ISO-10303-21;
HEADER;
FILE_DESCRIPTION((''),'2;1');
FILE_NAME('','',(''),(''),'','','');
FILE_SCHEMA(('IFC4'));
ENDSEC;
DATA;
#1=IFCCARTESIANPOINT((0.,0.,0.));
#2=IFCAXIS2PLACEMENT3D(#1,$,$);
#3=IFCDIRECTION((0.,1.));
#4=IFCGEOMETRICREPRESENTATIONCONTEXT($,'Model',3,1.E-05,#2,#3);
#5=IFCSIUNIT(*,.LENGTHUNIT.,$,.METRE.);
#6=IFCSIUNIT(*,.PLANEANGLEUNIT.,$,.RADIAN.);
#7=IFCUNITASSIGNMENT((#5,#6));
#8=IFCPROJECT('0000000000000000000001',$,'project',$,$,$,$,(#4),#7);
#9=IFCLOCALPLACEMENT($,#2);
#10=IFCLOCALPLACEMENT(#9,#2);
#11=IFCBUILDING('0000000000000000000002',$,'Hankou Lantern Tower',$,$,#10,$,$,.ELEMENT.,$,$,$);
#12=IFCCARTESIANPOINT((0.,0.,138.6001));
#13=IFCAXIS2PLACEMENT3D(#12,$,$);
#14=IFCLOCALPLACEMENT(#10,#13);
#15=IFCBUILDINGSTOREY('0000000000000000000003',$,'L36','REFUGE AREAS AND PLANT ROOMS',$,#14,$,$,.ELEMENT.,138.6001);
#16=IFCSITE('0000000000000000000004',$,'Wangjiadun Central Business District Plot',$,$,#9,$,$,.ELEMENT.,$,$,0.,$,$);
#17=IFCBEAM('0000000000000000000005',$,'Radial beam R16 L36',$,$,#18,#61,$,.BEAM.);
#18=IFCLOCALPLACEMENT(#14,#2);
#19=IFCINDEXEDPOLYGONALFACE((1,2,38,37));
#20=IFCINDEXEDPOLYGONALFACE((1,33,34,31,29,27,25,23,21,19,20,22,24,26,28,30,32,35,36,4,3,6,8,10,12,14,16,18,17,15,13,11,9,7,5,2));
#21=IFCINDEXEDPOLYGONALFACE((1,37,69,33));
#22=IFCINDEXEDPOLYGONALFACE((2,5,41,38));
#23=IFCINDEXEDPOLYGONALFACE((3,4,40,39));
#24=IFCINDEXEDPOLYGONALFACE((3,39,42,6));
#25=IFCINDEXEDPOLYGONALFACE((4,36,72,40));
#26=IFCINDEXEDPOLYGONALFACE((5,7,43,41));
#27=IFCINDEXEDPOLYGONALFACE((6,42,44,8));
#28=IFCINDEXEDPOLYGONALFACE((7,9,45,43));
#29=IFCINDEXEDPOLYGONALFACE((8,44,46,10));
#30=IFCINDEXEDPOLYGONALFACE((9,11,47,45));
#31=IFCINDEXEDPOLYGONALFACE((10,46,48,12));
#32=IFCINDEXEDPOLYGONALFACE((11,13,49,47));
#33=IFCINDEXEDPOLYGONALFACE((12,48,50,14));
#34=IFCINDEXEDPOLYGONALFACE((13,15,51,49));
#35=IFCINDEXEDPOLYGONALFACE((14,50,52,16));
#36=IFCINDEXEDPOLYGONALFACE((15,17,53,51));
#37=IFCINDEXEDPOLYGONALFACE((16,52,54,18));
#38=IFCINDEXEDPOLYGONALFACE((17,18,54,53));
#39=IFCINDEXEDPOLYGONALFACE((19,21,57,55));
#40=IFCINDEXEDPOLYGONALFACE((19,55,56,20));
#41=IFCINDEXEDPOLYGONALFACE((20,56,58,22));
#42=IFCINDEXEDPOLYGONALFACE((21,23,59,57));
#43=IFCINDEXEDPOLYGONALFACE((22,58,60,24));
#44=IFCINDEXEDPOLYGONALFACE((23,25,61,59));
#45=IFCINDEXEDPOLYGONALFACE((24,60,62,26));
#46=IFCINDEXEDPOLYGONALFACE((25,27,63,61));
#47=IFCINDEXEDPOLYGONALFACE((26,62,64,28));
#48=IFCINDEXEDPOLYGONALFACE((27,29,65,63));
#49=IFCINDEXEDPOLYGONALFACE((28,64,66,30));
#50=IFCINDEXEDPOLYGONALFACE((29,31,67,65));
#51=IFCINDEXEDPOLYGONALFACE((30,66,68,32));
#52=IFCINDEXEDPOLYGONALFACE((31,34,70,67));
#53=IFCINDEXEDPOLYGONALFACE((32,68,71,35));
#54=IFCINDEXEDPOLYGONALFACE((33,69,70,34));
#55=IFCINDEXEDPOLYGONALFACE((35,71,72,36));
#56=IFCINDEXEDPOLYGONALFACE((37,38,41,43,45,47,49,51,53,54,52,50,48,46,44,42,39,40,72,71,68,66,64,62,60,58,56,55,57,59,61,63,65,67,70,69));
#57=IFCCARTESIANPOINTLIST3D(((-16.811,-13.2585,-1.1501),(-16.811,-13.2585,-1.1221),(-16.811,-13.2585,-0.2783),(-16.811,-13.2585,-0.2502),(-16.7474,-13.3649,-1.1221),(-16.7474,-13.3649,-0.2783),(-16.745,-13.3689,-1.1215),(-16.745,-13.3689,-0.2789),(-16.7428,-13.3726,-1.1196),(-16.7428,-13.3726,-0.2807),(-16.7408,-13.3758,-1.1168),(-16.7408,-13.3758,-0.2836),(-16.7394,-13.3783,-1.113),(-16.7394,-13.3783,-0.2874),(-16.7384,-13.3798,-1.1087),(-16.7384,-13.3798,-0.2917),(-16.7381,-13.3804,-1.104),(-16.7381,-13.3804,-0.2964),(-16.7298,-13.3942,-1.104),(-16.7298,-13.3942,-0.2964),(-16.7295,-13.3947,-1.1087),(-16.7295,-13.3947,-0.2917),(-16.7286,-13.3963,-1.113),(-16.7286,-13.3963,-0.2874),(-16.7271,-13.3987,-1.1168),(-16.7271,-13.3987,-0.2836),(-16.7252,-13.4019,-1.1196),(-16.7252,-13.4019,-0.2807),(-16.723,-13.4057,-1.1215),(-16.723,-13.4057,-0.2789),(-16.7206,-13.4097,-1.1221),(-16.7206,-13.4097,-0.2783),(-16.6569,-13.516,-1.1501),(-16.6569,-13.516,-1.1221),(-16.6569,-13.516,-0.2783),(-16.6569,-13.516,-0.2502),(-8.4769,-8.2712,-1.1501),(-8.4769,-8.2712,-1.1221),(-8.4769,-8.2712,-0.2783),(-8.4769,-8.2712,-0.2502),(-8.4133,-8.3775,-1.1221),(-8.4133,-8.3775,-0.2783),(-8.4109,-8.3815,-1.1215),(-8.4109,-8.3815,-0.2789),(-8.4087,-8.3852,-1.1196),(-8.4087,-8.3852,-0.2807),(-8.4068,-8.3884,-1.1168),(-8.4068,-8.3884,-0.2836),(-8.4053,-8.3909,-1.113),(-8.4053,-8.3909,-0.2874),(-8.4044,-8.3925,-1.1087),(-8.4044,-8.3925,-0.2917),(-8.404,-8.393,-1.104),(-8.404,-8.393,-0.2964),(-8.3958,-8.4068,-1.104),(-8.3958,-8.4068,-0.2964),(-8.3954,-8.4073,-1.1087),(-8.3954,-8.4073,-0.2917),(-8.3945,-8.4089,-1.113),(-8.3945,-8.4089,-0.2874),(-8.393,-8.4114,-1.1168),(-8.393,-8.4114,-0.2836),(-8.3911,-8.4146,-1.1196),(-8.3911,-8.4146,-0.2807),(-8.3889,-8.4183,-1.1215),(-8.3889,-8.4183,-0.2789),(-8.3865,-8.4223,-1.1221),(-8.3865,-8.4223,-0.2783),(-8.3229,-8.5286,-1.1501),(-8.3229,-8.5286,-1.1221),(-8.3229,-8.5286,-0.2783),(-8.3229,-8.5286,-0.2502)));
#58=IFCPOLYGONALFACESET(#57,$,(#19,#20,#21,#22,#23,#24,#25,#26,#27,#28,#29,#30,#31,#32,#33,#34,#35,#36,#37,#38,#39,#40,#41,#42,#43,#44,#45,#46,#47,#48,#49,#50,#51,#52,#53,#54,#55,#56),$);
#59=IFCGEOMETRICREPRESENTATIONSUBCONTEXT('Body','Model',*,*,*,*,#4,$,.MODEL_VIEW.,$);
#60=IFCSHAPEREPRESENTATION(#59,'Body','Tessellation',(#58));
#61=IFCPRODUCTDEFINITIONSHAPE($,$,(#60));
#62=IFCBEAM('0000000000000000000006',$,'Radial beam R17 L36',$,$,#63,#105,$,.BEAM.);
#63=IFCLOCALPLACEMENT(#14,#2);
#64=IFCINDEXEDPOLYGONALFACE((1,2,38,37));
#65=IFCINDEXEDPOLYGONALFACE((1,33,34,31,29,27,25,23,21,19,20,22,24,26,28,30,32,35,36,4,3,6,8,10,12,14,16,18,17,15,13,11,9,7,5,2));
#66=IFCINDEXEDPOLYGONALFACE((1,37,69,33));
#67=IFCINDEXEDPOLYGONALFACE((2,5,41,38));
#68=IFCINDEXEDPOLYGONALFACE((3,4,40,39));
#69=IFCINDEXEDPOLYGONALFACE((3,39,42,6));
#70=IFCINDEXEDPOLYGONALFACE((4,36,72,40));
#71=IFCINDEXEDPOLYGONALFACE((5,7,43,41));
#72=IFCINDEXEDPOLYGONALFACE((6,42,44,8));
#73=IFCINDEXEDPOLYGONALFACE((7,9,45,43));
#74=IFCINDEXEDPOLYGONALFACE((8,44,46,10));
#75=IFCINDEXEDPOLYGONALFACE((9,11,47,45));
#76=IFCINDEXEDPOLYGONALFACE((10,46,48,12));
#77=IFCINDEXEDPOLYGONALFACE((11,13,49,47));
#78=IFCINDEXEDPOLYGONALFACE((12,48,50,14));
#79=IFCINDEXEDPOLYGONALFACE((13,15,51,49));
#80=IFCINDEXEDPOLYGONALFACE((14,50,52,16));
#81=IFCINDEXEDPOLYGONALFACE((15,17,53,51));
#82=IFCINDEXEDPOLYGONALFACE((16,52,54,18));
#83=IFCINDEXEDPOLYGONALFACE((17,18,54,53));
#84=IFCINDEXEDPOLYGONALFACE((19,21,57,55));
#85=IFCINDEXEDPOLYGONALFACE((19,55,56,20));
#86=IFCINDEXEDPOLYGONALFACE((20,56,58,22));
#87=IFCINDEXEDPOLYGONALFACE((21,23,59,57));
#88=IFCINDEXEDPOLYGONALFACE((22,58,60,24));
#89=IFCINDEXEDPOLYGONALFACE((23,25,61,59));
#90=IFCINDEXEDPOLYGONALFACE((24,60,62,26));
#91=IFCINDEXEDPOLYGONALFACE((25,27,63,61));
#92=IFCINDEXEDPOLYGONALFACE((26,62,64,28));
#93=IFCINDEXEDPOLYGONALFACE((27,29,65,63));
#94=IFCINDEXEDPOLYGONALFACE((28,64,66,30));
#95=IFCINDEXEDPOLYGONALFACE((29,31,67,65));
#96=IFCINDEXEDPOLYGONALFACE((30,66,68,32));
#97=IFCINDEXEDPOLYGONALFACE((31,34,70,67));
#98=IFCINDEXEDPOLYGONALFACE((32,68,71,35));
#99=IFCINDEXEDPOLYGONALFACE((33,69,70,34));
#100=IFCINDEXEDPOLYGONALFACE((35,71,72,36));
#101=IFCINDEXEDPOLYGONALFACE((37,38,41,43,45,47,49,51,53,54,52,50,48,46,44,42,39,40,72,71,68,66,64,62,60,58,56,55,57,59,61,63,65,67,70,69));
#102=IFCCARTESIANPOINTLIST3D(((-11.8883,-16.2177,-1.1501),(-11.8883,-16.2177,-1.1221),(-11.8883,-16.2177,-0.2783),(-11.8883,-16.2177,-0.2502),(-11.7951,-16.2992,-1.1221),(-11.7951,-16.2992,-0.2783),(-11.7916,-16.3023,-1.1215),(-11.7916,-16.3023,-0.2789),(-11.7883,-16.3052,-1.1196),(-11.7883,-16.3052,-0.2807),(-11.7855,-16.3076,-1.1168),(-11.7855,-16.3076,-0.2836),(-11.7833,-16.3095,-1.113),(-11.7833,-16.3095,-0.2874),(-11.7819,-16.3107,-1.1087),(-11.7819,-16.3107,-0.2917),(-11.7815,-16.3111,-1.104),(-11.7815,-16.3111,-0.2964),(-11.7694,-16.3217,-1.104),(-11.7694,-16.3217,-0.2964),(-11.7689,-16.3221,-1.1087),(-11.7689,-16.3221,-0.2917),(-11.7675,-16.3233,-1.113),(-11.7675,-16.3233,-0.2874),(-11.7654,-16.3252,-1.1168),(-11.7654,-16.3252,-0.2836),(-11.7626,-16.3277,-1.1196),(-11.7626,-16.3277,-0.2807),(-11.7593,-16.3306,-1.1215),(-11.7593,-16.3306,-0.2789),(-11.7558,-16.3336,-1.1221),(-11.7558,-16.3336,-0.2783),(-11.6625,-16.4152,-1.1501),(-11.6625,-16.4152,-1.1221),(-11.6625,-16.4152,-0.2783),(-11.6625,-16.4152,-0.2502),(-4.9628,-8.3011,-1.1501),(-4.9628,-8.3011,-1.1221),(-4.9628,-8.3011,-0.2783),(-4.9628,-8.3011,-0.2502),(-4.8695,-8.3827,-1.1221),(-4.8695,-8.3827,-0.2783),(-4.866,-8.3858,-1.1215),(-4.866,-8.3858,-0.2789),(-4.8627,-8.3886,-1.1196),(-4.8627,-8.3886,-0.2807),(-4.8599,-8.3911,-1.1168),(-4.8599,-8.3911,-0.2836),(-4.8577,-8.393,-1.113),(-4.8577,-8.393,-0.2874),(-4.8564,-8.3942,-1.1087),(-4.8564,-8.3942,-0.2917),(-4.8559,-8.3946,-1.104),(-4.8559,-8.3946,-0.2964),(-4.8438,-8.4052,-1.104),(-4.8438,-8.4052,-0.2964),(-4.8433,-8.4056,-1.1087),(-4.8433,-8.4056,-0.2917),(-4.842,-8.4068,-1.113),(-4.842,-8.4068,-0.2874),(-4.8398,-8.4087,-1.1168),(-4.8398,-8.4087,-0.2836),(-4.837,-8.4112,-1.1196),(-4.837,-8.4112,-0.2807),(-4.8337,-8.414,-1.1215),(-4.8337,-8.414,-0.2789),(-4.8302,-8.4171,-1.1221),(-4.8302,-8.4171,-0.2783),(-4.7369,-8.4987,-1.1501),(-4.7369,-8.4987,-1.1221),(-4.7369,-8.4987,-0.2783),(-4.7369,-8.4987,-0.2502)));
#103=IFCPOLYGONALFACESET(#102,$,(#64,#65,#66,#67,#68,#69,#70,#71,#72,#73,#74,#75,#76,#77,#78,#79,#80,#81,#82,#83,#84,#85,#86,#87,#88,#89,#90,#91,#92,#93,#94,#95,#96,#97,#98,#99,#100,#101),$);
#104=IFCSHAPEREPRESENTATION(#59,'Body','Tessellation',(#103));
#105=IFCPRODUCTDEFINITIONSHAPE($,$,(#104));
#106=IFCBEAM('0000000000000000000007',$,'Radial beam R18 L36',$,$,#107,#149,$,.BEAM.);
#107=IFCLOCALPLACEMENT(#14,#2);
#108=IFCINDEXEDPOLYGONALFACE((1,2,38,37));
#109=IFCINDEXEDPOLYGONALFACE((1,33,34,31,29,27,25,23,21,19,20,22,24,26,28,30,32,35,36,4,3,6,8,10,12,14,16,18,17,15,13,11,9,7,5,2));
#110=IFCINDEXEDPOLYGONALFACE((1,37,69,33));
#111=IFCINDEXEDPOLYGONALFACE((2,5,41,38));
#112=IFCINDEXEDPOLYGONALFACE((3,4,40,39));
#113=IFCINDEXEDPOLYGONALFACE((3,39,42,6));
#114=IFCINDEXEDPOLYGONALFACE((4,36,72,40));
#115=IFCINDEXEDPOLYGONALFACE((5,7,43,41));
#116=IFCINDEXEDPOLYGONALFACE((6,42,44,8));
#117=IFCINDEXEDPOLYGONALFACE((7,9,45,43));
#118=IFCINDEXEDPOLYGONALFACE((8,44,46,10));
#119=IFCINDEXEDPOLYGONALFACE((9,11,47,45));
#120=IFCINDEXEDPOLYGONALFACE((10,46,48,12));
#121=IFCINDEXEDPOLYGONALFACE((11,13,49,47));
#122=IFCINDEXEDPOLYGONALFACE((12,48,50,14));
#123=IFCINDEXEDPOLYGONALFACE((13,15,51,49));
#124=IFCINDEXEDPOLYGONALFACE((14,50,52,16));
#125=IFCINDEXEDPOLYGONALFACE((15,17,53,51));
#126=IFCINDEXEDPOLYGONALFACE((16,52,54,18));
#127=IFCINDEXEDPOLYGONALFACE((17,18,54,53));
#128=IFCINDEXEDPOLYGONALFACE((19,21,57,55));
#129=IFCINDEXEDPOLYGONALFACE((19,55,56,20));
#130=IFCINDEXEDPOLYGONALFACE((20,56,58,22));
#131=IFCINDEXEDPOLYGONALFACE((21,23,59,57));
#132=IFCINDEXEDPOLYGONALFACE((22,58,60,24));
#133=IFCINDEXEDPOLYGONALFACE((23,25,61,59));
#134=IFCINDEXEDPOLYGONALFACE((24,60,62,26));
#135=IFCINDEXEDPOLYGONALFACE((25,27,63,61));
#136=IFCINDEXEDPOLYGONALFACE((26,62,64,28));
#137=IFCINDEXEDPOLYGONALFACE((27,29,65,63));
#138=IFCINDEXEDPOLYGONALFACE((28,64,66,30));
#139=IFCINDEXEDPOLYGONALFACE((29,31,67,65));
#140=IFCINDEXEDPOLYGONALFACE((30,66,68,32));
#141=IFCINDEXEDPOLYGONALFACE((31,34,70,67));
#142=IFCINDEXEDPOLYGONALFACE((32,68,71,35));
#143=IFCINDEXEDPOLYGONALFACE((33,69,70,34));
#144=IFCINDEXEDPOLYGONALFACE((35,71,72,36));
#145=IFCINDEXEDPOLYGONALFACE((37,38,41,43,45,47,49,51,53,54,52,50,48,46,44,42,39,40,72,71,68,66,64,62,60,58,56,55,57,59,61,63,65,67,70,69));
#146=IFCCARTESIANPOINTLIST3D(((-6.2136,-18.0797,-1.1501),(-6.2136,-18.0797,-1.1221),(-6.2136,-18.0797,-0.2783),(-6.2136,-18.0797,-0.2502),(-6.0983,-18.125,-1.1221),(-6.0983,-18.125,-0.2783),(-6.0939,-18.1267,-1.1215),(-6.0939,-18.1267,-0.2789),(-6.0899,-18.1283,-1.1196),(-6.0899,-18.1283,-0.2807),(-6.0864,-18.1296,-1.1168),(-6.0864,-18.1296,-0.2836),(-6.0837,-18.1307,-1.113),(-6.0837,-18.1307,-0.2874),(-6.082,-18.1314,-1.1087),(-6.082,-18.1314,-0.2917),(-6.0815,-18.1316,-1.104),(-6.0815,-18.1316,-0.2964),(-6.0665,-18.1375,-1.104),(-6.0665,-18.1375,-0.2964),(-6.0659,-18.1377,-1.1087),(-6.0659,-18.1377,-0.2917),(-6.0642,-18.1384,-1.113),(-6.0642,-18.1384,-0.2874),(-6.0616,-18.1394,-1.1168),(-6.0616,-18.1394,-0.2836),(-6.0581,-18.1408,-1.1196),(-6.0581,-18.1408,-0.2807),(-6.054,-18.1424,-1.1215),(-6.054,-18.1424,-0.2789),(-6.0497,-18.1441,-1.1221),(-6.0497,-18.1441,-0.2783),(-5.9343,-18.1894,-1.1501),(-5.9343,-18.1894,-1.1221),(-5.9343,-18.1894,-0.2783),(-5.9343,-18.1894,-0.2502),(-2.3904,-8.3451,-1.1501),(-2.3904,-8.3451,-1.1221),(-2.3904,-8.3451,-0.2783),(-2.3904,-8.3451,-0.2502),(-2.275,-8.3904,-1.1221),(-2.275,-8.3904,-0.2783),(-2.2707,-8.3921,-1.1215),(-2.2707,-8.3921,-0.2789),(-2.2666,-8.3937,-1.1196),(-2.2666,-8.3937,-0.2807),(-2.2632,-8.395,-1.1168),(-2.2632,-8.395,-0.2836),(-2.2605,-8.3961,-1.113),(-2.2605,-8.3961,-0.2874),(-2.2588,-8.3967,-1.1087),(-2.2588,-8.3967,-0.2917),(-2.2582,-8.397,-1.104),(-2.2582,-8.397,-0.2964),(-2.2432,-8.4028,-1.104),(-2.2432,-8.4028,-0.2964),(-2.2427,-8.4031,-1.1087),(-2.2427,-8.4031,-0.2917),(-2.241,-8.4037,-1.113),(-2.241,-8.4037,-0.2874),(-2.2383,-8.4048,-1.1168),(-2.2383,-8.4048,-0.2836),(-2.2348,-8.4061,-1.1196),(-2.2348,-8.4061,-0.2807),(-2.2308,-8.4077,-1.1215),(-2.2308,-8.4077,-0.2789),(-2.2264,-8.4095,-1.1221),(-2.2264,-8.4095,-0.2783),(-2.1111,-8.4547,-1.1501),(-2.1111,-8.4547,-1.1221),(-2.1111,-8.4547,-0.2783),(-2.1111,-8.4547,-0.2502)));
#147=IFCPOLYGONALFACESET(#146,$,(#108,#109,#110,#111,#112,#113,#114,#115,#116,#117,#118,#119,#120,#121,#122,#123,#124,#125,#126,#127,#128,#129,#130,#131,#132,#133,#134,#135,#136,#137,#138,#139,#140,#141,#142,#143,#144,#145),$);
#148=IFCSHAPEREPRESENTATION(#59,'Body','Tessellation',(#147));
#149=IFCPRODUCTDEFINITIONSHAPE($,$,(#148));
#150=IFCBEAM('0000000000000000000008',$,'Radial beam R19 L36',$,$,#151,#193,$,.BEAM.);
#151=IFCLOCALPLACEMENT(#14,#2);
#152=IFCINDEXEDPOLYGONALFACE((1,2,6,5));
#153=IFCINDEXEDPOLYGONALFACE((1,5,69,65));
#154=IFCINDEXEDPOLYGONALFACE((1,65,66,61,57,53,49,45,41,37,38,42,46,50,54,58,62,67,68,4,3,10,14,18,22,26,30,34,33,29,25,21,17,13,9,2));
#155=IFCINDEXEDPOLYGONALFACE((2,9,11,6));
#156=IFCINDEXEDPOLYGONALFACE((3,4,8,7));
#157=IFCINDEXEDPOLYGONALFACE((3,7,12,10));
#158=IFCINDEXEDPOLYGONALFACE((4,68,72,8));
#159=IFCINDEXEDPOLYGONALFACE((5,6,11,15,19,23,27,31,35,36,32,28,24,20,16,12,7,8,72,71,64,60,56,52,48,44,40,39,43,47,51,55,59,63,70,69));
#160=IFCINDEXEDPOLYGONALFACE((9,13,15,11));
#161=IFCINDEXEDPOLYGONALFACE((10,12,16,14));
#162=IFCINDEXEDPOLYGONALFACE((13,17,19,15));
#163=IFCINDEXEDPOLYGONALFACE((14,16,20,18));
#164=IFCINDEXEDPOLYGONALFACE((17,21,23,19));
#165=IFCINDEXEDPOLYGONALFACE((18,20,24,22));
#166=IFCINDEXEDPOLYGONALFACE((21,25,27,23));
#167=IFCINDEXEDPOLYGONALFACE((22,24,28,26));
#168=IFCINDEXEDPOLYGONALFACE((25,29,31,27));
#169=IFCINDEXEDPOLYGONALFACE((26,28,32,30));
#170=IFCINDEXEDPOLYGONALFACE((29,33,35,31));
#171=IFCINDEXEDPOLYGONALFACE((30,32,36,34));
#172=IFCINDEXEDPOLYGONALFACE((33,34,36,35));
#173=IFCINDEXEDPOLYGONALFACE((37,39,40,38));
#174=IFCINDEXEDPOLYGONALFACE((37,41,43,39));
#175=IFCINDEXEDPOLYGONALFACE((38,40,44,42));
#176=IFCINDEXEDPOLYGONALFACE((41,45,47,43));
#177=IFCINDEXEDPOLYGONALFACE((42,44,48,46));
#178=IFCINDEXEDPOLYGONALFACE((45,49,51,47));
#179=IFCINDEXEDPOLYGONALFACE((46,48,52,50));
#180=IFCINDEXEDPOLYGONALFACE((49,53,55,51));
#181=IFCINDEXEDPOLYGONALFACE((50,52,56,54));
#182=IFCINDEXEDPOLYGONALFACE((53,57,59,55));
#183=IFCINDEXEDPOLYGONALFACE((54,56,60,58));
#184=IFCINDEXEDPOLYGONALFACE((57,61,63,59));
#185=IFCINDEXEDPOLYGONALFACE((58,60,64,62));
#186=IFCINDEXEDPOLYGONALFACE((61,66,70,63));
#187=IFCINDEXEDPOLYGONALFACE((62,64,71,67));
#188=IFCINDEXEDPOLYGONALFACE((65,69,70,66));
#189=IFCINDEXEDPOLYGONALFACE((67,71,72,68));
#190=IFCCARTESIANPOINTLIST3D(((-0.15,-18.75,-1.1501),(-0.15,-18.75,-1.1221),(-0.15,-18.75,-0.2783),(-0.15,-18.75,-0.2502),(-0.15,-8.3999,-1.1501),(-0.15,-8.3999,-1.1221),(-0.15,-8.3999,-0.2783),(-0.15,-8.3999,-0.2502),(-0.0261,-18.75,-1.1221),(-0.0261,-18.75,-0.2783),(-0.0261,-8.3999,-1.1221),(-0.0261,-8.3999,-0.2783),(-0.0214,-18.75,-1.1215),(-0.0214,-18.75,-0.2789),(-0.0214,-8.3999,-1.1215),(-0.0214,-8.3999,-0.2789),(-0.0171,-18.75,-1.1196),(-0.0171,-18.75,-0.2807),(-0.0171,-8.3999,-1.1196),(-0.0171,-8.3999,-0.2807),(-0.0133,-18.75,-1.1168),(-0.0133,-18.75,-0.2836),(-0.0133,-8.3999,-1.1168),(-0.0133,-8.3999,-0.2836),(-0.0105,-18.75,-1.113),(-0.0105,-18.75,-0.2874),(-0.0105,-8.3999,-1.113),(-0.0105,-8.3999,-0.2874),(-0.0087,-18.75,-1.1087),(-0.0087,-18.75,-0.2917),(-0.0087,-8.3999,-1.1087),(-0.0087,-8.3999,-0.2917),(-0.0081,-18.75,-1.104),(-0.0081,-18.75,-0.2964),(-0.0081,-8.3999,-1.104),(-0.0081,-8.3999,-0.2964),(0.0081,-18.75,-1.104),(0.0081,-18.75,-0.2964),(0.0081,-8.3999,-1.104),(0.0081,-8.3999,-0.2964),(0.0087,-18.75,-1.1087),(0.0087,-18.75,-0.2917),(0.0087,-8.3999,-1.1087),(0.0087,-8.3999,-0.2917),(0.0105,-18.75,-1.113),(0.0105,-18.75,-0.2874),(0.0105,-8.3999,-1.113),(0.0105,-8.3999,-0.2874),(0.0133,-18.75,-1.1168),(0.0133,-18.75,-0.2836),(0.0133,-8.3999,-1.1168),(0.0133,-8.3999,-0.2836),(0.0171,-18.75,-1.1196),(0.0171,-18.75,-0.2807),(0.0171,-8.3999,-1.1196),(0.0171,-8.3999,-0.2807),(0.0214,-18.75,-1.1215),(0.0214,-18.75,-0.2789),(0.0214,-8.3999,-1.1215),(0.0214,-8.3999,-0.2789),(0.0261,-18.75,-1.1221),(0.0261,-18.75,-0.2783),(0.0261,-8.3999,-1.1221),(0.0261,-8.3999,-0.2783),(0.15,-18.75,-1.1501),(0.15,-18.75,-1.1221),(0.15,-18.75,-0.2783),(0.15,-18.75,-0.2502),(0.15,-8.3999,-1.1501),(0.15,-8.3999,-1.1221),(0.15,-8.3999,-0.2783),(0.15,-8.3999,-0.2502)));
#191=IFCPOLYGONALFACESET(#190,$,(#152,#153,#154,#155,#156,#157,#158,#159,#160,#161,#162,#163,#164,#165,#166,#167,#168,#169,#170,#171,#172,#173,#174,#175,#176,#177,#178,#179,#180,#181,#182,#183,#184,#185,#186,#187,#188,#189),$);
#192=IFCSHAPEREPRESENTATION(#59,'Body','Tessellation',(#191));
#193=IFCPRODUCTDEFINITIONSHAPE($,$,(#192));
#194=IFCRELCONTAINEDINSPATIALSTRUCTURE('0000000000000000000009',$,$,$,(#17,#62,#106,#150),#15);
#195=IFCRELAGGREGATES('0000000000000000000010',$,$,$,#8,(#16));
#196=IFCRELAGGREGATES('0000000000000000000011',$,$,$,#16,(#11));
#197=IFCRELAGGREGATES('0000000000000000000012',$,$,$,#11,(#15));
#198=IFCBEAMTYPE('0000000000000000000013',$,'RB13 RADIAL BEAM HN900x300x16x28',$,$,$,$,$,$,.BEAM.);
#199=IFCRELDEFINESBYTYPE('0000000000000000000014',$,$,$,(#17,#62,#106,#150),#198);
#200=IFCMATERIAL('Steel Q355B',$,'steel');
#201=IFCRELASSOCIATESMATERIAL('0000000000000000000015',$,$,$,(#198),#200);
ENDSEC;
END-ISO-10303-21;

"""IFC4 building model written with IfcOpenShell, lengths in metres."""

from ifc_helpers import new_model, si_unit, direction, frame, origin, origin_2d, place, context, subcontext, project, spatial, i_section, extrude, material, material_profile, profile_set, type_object, element, save


model = new_model("IFC4")

# Units and contexts
model_context = context("Model", 3, precision=1e-05, world=origin(), true_north=direction((0.0, 1.0)))
body_context = subcontext(model_context, "Body", "Model", "MODEL_VIEW")
ifc_project = project(units=[si_unit("LENGTHUNIT", "METRE"), si_unit("PLANEANGLEUNIT", "RADIAN")], contexts=[model_context])

# Site, building, storey
site_placement = place(None, origin())
site = spatial("IfcSite", under=ifc_project, at=site_placement, Name="Wangjiadun Central Business District Plot", CompositionType="ELEMENT", RefElevation=0.0)
building_placement = place(site_placement, origin())
building = spatial("IfcBuilding", under=site, at=building_placement, Name="Hankou Lantern Tower", CompositionType="ELEMENT")
storey_placement = place(building_placement, frame((0.0, 0.0, 138.6001)))
storey = spatial("IfcBuildingStorey", under=building, at=storey_placement, Name="L36", Description="REFUGE AREAS AND PLANT ROOMS", CompositionType="ELEMENT", Elevation=138.6001)

# Beams
ifc_material_1 = material(Name="Steel Q355B", Category="steel")
ifc_material_profile_1 = material_profile(ifc_material_1, i_section(OverallWidth=0.3, OverallDepth=0.8999, WebThickness=0.0161, FlangeThickness=0.0281, FilletRadius=0.0181, at=origin_2d()), Name="HN900x300x16x28")
ifc_profile_set_1 = profile_set([ifc_material_profile_1], Name="Steel Q355B")
beam_type_1 = type_object("IfcBeamType", Name="RB13 RADIAL BEAM HN900x300x16x28", PredefinedType="BEAM", material=ifc_profile_set_1)
beam_1_placement = place(storey_placement, frame((-8.3999, -8.3999, -0.7002), z_axis=(-0.858087, -0.513505, 0.0), x_axis=(0.513505, -0.858087, 0.0)))
element("IfcBeam", 1, at=beam_1_placement, inside=storey, type_object=beam_type_1, Name="Radial beam R16 L36", PredefinedType="BEAM", context=body_context, shape_type="SweptSolid", body=[
    extrude(i_section(OverallWidth=0.3, OverallDepth=0.8999, WebThickness=0.0161, FlangeThickness=0.0281, FilletRadius=0.0181, at=origin_2d()), origin(), (0.0, 0.0, 1.0), 9.7124),
])
beam_2_placement = place(storey_placement, frame((-4.8499, -8.3999, -0.7002), z_axis=(-0.658429, -0.752643, 0.0), x_axis=(0.752643, -0.658429, 0.0)))
element("IfcBeam", 2, at=beam_2_placement, inside=storey, type_object=beam_type_1, Name="Radial beam R17 L36", PredefinedType="BEAM", context=body_context, shape_type="SweptSolid", body=[
    extrude(i_section(OverallWidth=0.3, OverallDepth=0.8999, WebThickness=0.0161, FlangeThickness=0.0281, FilletRadius=0.0181, at=origin_2d()), origin(), (0.0, 0.0, 1.0), 10.5183),
])
beam_3_placement = place(storey_placement, frame((-2.2507, -8.3999, -0.7002), z_axis=(-0.365564, -0.930786, 0.0), x_axis=(0.930786, -0.365564, 0.0)))
element("IfcBeam", 3, at=beam_3_placement, inside=storey, type_object=beam_type_1, Name="Radial beam R18 L36", PredefinedType="BEAM", context=body_context, shape_type="SweptSolid", body=[
    extrude(i_section(OverallWidth=0.3, OverallDepth=0.8999, WebThickness=0.0161, FlangeThickness=0.0281, FilletRadius=0.0181, at=origin_2d()), origin(), (0.0, 0.0, 1.0), 10.4585),
])
beam_4_placement = place(storey_placement, frame((0.0, -8.3999, -0.7002), z_axis=(0.0, -1.0, 0.0), x_axis=(1.0, 0.0, 0.0)))
element("IfcBeam", 4, at=beam_4_placement, inside=storey, type_object=beam_type_1, Name="Radial beam R19 L36", PredefinedType="BEAM", context=body_context, shape_type="SweptSolid", body=[
    extrude(i_section(OverallWidth=0.3, OverallDepth=0.8999, WebThickness=0.0161, FlangeThickness=0.0281, FilletRadius=0.0181, at=origin_2d()), origin(), (0.0, 0.0, 1.0), 10.3501),
])

save(model, "model.ifc")
